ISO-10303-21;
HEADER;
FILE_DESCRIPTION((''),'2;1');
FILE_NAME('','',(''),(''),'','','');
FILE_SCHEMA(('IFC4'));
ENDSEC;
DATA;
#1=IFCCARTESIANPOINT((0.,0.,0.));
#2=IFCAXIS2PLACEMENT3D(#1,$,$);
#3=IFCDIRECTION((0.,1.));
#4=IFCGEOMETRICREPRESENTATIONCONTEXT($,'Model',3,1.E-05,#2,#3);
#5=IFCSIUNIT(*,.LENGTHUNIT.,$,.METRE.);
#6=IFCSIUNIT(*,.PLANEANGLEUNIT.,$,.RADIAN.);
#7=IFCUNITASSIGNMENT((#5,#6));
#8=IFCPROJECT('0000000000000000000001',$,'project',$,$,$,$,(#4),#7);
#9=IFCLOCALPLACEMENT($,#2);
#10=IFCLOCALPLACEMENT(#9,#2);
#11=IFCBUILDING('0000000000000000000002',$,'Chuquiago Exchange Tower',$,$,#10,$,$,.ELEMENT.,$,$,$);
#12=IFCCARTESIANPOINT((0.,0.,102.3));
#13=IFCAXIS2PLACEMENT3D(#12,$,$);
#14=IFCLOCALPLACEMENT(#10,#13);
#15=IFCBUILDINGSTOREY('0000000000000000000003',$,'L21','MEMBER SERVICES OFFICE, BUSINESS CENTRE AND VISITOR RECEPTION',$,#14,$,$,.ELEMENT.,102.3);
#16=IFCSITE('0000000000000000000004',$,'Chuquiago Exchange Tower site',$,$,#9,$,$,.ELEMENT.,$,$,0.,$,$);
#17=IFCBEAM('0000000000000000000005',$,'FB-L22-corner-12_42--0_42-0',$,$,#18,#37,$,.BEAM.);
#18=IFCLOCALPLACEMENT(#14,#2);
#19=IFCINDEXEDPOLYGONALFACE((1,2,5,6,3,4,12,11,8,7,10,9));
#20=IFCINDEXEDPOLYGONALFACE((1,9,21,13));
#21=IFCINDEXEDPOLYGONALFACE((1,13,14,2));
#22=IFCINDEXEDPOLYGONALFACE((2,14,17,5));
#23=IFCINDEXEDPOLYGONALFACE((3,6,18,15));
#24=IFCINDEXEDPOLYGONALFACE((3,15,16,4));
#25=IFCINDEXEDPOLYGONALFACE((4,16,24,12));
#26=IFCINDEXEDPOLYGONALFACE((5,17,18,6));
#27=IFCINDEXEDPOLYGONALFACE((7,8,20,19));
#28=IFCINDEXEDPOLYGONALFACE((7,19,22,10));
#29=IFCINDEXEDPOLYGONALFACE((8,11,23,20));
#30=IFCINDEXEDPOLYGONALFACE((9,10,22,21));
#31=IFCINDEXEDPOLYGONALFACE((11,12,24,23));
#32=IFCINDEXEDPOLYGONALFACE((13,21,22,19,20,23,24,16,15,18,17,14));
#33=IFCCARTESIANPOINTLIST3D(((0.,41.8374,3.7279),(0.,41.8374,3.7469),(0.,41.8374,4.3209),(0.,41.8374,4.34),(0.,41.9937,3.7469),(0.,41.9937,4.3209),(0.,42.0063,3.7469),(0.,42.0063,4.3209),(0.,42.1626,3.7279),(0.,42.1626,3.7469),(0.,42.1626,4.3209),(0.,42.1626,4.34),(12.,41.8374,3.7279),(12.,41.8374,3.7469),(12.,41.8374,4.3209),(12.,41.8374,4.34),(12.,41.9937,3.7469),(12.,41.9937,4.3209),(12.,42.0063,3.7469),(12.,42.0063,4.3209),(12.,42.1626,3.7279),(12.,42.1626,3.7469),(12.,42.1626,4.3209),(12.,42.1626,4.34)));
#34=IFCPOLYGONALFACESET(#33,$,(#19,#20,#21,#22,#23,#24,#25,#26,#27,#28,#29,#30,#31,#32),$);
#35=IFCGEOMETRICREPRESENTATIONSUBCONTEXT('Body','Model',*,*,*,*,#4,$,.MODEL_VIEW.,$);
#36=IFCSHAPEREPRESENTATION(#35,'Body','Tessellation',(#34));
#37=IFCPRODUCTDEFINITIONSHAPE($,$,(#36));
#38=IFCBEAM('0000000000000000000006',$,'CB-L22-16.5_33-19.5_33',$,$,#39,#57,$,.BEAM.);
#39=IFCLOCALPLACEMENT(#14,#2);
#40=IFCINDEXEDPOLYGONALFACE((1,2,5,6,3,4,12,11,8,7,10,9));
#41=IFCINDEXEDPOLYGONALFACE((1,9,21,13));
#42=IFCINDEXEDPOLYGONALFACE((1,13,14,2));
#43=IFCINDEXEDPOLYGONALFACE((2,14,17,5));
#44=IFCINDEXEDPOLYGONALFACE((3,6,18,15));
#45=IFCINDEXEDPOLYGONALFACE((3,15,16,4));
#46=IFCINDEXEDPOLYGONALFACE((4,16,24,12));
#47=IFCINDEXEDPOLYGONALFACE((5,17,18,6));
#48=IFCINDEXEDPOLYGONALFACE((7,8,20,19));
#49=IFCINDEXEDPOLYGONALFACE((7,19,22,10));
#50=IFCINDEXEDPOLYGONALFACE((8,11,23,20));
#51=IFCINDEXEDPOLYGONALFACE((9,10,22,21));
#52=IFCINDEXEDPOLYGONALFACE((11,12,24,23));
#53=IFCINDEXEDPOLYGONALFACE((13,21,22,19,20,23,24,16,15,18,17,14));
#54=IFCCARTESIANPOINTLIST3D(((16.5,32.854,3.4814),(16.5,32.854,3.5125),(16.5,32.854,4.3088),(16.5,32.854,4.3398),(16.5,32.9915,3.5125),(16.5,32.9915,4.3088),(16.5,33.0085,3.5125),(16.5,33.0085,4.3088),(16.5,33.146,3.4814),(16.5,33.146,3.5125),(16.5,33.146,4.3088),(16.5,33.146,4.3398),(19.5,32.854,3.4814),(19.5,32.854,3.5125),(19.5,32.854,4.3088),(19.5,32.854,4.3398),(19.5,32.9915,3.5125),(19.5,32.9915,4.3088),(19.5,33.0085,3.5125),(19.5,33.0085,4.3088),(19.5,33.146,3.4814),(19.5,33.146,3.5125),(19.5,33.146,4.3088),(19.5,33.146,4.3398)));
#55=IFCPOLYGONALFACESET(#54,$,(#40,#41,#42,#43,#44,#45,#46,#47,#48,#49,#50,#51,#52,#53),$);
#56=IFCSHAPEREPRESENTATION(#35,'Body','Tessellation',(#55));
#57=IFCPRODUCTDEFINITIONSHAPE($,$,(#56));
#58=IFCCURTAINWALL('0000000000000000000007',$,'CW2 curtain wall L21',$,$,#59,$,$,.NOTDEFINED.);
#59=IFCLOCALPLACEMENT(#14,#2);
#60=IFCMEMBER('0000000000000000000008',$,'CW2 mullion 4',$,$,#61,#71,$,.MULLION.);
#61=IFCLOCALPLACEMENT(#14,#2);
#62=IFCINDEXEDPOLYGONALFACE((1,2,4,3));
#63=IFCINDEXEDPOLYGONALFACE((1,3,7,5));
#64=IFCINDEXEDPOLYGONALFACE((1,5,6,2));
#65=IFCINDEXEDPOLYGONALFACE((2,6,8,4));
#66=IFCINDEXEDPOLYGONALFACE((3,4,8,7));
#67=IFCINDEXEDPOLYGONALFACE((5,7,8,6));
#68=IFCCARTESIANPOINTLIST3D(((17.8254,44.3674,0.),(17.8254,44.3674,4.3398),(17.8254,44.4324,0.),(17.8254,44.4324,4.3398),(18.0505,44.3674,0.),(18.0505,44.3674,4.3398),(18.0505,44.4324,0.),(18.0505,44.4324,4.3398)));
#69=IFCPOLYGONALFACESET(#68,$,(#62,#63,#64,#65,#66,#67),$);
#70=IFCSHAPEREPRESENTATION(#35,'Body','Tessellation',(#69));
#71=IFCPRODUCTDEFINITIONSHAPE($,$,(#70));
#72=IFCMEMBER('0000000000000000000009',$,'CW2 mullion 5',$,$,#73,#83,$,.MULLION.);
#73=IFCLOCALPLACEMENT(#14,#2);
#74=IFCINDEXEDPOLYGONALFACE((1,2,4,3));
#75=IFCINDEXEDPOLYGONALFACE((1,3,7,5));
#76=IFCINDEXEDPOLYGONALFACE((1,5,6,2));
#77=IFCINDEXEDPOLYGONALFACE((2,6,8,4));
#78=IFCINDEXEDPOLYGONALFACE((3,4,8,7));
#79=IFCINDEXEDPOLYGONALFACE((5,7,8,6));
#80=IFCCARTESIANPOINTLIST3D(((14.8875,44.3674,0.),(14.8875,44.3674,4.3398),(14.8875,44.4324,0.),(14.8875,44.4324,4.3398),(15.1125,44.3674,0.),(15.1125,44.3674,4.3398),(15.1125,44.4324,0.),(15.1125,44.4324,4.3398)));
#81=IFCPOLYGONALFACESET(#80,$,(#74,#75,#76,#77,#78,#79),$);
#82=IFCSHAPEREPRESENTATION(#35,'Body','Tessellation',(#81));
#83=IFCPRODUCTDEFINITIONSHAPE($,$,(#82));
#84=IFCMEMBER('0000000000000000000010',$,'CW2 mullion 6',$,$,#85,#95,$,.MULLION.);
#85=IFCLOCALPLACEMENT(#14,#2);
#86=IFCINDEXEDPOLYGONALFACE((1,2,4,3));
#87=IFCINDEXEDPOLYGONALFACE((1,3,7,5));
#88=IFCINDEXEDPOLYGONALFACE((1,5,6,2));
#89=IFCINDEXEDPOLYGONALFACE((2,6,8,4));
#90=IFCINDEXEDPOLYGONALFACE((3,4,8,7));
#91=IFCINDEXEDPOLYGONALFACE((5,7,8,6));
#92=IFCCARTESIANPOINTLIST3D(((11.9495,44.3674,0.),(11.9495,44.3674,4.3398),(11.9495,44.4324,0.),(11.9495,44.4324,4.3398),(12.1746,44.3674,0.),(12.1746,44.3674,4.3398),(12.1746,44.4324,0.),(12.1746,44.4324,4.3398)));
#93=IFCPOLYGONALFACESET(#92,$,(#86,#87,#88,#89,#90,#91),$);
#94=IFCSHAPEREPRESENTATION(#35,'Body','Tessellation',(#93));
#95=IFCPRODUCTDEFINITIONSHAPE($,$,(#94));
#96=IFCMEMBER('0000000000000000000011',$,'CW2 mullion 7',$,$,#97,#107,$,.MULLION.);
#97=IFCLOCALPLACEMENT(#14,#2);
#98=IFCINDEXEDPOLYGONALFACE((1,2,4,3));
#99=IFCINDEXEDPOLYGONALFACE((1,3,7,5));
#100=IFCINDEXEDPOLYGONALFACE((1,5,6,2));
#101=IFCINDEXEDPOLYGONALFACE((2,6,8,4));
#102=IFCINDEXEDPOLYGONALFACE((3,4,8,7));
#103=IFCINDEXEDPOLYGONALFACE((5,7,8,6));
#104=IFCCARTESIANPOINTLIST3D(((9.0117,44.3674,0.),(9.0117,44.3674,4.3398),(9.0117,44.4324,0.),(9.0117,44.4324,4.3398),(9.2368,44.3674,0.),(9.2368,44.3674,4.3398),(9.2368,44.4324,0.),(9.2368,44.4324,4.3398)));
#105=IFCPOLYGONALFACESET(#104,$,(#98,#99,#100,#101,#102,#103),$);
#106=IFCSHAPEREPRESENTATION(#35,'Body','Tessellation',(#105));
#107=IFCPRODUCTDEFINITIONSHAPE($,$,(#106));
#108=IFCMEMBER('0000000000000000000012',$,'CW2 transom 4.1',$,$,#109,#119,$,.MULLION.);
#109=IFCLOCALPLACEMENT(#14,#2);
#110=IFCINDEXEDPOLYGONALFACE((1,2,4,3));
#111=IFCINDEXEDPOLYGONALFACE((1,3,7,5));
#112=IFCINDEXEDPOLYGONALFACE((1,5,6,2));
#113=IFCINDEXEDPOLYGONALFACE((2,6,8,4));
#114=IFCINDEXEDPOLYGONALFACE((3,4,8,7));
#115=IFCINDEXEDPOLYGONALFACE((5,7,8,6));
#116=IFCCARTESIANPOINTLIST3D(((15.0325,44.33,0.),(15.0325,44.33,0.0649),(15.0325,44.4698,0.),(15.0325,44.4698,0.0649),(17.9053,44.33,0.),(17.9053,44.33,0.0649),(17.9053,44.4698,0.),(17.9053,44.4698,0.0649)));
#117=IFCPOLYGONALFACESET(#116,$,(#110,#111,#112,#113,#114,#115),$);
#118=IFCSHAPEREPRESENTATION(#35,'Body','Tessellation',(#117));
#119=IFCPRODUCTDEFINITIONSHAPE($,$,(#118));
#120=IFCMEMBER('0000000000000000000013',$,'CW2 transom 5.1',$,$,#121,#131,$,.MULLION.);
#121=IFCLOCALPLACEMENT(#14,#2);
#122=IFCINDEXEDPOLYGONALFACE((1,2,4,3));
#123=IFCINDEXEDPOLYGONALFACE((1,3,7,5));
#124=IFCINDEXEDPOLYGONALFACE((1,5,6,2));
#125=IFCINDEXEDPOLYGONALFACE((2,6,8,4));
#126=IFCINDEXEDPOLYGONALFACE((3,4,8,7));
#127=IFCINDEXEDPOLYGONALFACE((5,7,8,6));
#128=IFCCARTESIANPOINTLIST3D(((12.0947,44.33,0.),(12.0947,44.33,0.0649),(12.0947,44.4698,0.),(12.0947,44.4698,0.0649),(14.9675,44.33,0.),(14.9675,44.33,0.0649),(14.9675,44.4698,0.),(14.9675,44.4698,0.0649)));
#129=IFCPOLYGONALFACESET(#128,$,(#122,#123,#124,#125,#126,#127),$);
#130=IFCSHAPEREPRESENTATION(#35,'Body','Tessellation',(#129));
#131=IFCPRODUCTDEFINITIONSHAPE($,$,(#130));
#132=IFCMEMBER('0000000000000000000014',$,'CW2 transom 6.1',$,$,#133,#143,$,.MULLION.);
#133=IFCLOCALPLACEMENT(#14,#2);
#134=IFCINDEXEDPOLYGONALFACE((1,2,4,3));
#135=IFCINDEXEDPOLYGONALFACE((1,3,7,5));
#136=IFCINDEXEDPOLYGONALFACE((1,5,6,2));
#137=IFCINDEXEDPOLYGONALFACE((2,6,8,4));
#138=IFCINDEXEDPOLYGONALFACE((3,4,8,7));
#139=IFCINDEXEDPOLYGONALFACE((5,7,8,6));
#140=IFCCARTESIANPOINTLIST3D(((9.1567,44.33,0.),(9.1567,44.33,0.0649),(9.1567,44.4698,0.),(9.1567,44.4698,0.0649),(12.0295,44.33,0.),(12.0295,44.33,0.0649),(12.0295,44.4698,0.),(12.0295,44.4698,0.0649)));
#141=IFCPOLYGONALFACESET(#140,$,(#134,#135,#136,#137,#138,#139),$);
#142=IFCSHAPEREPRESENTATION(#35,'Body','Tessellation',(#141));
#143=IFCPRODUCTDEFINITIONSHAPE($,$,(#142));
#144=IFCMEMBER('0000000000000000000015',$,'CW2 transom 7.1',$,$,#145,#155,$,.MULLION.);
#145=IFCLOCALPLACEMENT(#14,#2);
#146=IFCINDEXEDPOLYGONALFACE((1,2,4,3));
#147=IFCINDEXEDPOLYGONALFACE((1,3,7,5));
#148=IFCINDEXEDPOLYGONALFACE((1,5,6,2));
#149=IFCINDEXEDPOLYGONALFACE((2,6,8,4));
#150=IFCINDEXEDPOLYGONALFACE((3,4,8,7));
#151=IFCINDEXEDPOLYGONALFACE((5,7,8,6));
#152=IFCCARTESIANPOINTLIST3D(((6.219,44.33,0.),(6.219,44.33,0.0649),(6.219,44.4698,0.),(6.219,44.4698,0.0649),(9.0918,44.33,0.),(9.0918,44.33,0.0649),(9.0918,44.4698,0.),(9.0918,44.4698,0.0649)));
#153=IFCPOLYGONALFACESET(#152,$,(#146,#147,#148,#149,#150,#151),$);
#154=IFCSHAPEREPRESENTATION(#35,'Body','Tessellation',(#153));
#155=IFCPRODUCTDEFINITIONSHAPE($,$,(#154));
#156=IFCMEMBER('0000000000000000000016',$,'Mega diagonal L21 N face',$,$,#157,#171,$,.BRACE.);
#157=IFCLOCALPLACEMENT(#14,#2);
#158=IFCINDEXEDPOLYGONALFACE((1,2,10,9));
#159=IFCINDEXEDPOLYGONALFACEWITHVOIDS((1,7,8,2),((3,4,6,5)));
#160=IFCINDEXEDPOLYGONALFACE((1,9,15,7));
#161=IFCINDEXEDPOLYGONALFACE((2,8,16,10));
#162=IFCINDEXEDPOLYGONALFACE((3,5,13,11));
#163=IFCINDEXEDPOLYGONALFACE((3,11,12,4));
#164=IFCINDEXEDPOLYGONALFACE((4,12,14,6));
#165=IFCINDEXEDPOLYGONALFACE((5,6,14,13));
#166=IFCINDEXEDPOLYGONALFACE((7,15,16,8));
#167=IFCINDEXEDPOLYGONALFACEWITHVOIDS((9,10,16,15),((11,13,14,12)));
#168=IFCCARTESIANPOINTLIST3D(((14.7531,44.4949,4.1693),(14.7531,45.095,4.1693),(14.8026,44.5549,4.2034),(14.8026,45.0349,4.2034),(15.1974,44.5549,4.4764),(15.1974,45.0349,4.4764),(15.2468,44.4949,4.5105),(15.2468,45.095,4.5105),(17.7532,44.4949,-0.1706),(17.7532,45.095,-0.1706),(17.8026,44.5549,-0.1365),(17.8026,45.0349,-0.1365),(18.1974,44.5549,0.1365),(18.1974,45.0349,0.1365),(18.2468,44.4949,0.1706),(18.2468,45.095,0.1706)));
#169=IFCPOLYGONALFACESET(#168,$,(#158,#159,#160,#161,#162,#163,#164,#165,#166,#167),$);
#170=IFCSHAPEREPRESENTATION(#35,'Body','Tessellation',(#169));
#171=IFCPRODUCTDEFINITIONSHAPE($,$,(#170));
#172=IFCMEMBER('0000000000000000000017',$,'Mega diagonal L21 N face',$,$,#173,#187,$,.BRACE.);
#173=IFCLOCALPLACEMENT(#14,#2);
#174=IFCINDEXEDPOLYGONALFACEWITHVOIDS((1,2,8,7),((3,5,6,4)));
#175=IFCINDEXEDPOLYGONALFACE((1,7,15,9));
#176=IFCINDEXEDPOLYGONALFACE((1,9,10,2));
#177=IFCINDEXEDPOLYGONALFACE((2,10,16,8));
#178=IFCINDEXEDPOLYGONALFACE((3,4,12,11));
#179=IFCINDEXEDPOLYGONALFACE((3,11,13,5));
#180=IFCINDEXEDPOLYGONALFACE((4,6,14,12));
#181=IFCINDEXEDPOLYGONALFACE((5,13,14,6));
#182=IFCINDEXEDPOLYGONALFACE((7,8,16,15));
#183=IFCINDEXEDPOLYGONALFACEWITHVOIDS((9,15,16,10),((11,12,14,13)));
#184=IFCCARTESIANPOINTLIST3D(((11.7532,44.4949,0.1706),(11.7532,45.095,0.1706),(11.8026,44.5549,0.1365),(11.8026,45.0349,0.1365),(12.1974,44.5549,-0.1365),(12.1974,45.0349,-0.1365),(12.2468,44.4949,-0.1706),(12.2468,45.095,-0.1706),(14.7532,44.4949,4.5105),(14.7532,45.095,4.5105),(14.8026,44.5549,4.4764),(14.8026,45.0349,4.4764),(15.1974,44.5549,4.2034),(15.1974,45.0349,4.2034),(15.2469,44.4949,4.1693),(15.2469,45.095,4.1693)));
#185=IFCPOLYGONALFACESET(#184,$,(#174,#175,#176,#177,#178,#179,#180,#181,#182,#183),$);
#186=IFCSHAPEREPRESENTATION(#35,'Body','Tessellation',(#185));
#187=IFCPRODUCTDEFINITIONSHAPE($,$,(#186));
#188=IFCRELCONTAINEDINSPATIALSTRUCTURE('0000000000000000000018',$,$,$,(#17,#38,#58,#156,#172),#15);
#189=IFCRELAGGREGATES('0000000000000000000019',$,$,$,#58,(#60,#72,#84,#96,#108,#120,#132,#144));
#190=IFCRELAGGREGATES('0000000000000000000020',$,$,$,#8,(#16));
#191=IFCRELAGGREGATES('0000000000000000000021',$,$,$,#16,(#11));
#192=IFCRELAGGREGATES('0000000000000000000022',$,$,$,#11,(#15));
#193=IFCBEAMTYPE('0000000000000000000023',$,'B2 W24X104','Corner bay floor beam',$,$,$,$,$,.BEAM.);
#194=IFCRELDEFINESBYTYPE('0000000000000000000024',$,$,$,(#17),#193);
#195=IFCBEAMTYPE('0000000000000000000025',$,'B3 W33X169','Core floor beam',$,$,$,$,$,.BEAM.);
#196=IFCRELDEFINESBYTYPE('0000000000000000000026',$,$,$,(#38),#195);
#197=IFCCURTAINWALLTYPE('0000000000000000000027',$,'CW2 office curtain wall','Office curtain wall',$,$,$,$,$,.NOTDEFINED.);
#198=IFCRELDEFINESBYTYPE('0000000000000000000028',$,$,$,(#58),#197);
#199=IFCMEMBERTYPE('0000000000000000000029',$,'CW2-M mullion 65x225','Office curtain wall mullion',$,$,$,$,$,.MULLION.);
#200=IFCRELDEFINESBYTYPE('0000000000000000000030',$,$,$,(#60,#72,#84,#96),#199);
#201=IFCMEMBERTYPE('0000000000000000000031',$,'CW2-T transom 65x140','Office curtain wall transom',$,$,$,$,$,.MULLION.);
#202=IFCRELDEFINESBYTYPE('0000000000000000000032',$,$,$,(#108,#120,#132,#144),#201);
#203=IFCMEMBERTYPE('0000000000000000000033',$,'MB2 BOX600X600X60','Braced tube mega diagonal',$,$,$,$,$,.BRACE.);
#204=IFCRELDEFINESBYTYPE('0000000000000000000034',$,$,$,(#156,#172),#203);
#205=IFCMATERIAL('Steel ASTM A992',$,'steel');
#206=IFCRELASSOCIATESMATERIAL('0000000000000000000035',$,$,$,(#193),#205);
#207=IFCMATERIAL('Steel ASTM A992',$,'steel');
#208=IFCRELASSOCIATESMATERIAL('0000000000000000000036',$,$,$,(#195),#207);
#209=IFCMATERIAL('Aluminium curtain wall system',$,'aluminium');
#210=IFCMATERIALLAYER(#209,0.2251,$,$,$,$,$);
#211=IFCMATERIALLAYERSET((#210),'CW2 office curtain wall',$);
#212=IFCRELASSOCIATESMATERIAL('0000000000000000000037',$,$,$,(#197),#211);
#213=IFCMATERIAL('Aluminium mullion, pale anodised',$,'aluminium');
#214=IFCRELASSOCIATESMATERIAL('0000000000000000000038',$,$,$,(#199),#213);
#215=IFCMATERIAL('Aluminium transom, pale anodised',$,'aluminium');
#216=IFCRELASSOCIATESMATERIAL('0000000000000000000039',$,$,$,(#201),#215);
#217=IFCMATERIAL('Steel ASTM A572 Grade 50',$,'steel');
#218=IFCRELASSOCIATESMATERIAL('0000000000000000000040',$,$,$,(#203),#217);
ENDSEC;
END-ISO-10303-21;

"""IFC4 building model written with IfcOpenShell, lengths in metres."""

from ifc_helpers import new_model, si_unit, direction, frame, origin, origin_2d, place, context, subcontext, project, spatial, rectangle, hollow_rectangle, i_section, extrude, material, layer, layer_set, material_profile, profile_set, type_object, element, aggregate, save


model = new_model("IFC4")

# Units and contexts
model_context = context("Model", 3, precision=1e-05, world=origin(), true_north=direction((0.0, 1.0)))
body_context = subcontext(model_context, "Body", "Model", "MODEL_VIEW")
ifc_project = project(units=[si_unit("LENGTHUNIT", "METRE"), si_unit("PLANEANGLEUNIT", "RADIAN")], contexts=[model_context])

# Site, building, storey
site_placement = place(None, origin())
site = spatial("IfcSite", under=ifc_project, at=site_placement, Name="Chuquiago Exchange Tower site", CompositionType="ELEMENT", RefElevation=0.0)
building_placement = place(site_placement, origin())
building = spatial("IfcBuilding", under=site, at=building_placement, Name="Chuquiago Exchange Tower", CompositionType="ELEMENT")
storey_placement = place(building_placement, frame((0.0, 0.0, 102.3)))
storey = spatial("IfcBuildingStorey", under=building, at=storey_placement, Name="L21", Description="MEMBER SERVICES OFFICE, BUSINESS CENTRE AND VISITOR RECEPTION", CompositionType="ELEMENT", Elevation=102.3)

# Beams
ifc_material_1 = material(Name="Steel ASTM A992", Category="steel")
ifc_material_profile_1 = material_profile(ifc_material_1, i_section(OverallWidth=0.3252, OverallDepth=0.6121, WebThickness=0.0127, FlangeThickness=0.019, at=origin_2d()), Name="W24X104")
ifc_profile_set_1 = profile_set([ifc_material_profile_1], Name="Steel ASTM A992")
beam_type_1 = type_object("IfcBeamType", Name="B2 W24X104", Description="Corner bay floor beam", PredefinedType="BEAM", material=ifc_profile_set_1)
for number, where, z_axis, x_axis, name in (
    (1, (12.0, 42.0, 4.0339), (-1.0, 0.0, 0.0), (0.0, -1.0, 0.0), "FB-L22-corner-12_42--0_42-0"),
):
    element("IfcBeam", number, at=place(storey_placement, frame(where, z_axis=z_axis, x_axis=x_axis)), inside=storey, type_object=beam_type_1, Name=name, PredefinedType="BEAM", context=body_context, shape_type="SweptSolid", body=[
        extrude(i_section(OverallWidth=0.3252, OverallDepth=0.6121, WebThickness=0.0127, FlangeThickness=0.019, at=origin_2d()), origin(), (0.0, 0.0, 1.0), 12.0),
    ])
ifc_material_2 = material(Name="Steel ASTM A992", Category="steel")
ifc_material_profile_2 = material_profile(ifc_material_2, i_section(OverallWidth=0.292, OverallDepth=0.8584, WebThickness=0.0171, FlangeThickness=0.031, at=origin_2d()), Name="W33X169")
ifc_profile_set_2 = profile_set([ifc_material_profile_2], Name="Steel ASTM A992")
beam_type_2 = type_object("IfcBeamType", Name="B3 W33X169", Description="Core floor beam", PredefinedType="BEAM", material=ifc_profile_set_2)
beam_placement = place(storey_placement, frame((16.5, 33.0, 3.9106), z_axis=(1.0, 0.0, 0.0), x_axis=(0.0, 1.0, 0.0)))
element("IfcBeam", 2, at=beam_placement, inside=storey, type_object=beam_type_2, Name="CB-L22-16.5_33-19.5_33", PredefinedType="BEAM", context=body_context, shape_type="SweptSolid", body=[
    extrude(i_section(OverallWidth=0.292, OverallDepth=0.8584, WebThickness=0.0171, FlangeThickness=0.031, at=origin_2d()), origin(), (0.0, 0.0, 1.0), 3.0),
])

# Curtain wall, members
ifc_material_3 = material(Name="Aluminium curtain wall system", Category="aluminium")
ifc_layer_1 = layer(ifc_material_3, 0.2251)
ifc_layer_set_1 = layer_set([ifc_layer_1], Name="CW2 office curtain wall")
curtain_wall_type = type_object("IfcCurtainWallType", Name="CW2 office curtain wall", Description="Office curtain wall", PredefinedType="NOTDEFINED", material=ifc_layer_set_1)
curtain_wall_placement = place(storey_placement, origin())
curtain_wall = element("IfcCurtainWall", 3, at=curtain_wall_placement, inside=storey, type_object=curtain_wall_type, Name="CW2 curtain wall L21", PredefinedType="NOTDEFINED")
ifc_material_4 = material(Name="Aluminium mullion, pale anodised", Category="aluminium")
ifc_material_profile_3 = material_profile(ifc_material_4, rectangle(XDim=0.0649, YDim=0.2251, at=origin_2d()), Name="AL 65x225")
ifc_profile_set_3 = profile_set([ifc_material_profile_3], Name="Aluminium mullion, pale anodised")
member_type_1 = type_object("IfcMemberType", Name="CW2-M mullion 65x225", Description="Office curtain wall mullion", PredefinedType="MULLION", material=ifc_profile_set_3)
member_1_placement = place(storey_placement, frame((17.938, 44.3999, 0.0), z_axis=(0.0, 0.0, 1.0), x_axis=(0.0, -1.0, 0.0)))
member_1 = element("IfcMember", 4, at=member_1_placement, type_object=member_type_1, Name="CW2 mullion 4", PredefinedType="MULLION", context=body_context, shape_type="SweptSolid", body=[
    extrude(rectangle(XDim=0.0649, YDim=0.2251, at=origin_2d()), origin(), (0.0, 0.0, 1.0), 4.3398),
])
member_2_placement = place(storey_placement, frame((15.0, 44.3999, 0.0), z_axis=(0.0, 0.0, 1.0), x_axis=(0.0, -1.0, 0.0)))
member_2 = element("IfcMember", 5, at=member_2_placement, type_object=member_type_1, Name="CW2 mullion 5", PredefinedType="MULLION", context=body_context, shape_type="SweptSolid", body=[
    extrude(rectangle(XDim=0.0649, YDim=0.2251, at=origin_2d()), origin(), (0.0, 0.0, 1.0), 4.3398),
])
member_3_placement = place(storey_placement, frame((12.062, 44.3999, 0.0), z_axis=(0.0, 0.0, 1.0), x_axis=(0.0, -1.0, 0.0)))
member_3 = element("IfcMember", 6, at=member_3_placement, type_object=member_type_1, Name="CW2 mullion 6", PredefinedType="MULLION", context=body_context, shape_type="SweptSolid", body=[
    extrude(rectangle(XDim=0.0649, YDim=0.2251, at=origin_2d()), origin(), (0.0, 0.0, 1.0), 4.3398),
])
member_4_placement = place(storey_placement, frame((9.1243, 44.3999, 0.0), z_axis=(0.0, 0.0, 1.0), x_axis=(0.0, -1.0, 0.0)))
member_4 = element("IfcMember", 7, at=member_4_placement, type_object=member_type_1, Name="CW2 mullion 7", PredefinedType="MULLION", context=body_context, shape_type="SweptSolid", body=[
    extrude(rectangle(XDim=0.0649, YDim=0.2251, at=origin_2d()), origin(), (0.0, 0.0, 1.0), 4.3398),
])
ifc_material_5 = material(Name="Aluminium transom, pale anodised", Category="aluminium")
ifc_material_profile_4 = material_profile(ifc_material_5, rectangle(XDim=0.1399, YDim=0.0649, at=origin_2d()), Name="AL 140x65")
ifc_profile_set_4 = profile_set([ifc_material_profile_4], Name="Aluminium transom, pale anodised")
member_type_2 = type_object("IfcMemberType", Name="CW2-T transom 65x140", Description="Office curtain wall transom", PredefinedType="MULLION", material=ifc_profile_set_4)
member_5_placement = place(storey_placement, frame((17.9053, 44.3999, 0.0325), z_axis=(-1.0, 0.0, 0.0), x_axis=(0.0, -1.0, 0.0)))
member_5 = element("IfcMember", 8, at=member_5_placement, type_object=member_type_2, Name="CW2 transom 4.1", PredefinedType="MULLION", context=body_context, shape_type="SweptSolid", body=[
    extrude(rectangle(XDim=0.1399, YDim=0.0649, at=origin_2d()), origin(), (0.0, 0.0, 1.0), 2.8728),
])
member_6_placement = place(storey_placement, frame((14.9675, 44.3999, 0.0325), z_axis=(-1.0, 0.0, 0.0), x_axis=(0.0, -1.0, 0.0)))
member_6 = element("IfcMember", 9, at=member_6_placement, type_object=member_type_2, Name="CW2 transom 5.1", PredefinedType="MULLION", context=body_context, shape_type="SweptSolid", body=[
    extrude(rectangle(XDim=0.1399, YDim=0.0649, at=origin_2d()), origin(), (0.0, 0.0, 1.0), 2.8728),
])
member_7_placement = place(storey_placement, frame((12.0295, 44.3999, 0.0325), z_axis=(-1.0, 0.0, 0.0), x_axis=(0.0, -1.0, 0.0)))
member_7 = element("IfcMember", 10, at=member_7_placement, type_object=member_type_2, Name="CW2 transom 6.1", PredefinedType="MULLION", context=body_context, shape_type="SweptSolid", body=[
    extrude(rectangle(XDim=0.1399, YDim=0.0649, at=origin_2d()), origin(), (0.0, 0.0, 1.0), 2.8728),
])
member_8_placement = place(storey_placement, frame((9.0918, 44.3999, 0.0325), z_axis=(-1.0, 0.0, 0.0), x_axis=(0.0, -1.0, 0.0)))
member_8 = element("IfcMember", 11, at=member_8_placement, type_object=member_type_2, Name="CW2 transom 7.1", PredefinedType="MULLION", context=body_context, shape_type="SweptSolid", body=[
    extrude(rectangle(XDim=0.1399, YDim=0.0649, at=origin_2d()), origin(), (0.0, 0.0, 1.0), 2.8728),
])

# Members
ifc_material_6 = material(Name="Steel ASTM A572 Grade 50", Category="steel")
ifc_material_profile_5 = material_profile(ifc_material_6, hollow_rectangle(XDim=0.6001, YDim=0.6001, WallThickness=0.0601, at=origin_2d()), Name="BOX600X600X60")
ifc_profile_set_5 = profile_set([ifc_material_profile_5], Name="Steel ASTM A572 Grade 50")
member_type_3 = type_object("IfcMemberType", Name="MB2 BOX600X600X60", Description="Braced tube mega diagonal", PredefinedType="BRACE", material=ifc_profile_set_5)
for number, where, z_axis, x_axis, name in (
    (12, (18.0, 44.7949, 0.0), (-0.568632, 0.0, 0.822592), (0.0, -1.0, 0.0), "Mega diagonal L21 N face"),
    (13, (12.0, 44.7949, 0.0), (0.568632, 0.0, 0.822592), (0.0, 1.0, 0.0), "Mega diagonal L21 N face"),
):
    element("IfcMember", number, at=place(storey_placement, frame(where, z_axis=z_axis, x_axis=x_axis)), inside=storey, type_object=member_type_3, Name=name, PredefinedType="BRACE", context=body_context, shape_type="SweptSolid", body=[
        extrude(hollow_rectangle(XDim=0.6001, YDim=0.6001, WallThickness=0.0601, at=origin_2d()), origin(), (0.0, 0.0, 1.0), 5.2759),
    ])

aggregate(curtain_wall, [member_1, member_2, member_3, member_4, member_5, member_6, member_7, member_8])

save(model, "model.ifc")
